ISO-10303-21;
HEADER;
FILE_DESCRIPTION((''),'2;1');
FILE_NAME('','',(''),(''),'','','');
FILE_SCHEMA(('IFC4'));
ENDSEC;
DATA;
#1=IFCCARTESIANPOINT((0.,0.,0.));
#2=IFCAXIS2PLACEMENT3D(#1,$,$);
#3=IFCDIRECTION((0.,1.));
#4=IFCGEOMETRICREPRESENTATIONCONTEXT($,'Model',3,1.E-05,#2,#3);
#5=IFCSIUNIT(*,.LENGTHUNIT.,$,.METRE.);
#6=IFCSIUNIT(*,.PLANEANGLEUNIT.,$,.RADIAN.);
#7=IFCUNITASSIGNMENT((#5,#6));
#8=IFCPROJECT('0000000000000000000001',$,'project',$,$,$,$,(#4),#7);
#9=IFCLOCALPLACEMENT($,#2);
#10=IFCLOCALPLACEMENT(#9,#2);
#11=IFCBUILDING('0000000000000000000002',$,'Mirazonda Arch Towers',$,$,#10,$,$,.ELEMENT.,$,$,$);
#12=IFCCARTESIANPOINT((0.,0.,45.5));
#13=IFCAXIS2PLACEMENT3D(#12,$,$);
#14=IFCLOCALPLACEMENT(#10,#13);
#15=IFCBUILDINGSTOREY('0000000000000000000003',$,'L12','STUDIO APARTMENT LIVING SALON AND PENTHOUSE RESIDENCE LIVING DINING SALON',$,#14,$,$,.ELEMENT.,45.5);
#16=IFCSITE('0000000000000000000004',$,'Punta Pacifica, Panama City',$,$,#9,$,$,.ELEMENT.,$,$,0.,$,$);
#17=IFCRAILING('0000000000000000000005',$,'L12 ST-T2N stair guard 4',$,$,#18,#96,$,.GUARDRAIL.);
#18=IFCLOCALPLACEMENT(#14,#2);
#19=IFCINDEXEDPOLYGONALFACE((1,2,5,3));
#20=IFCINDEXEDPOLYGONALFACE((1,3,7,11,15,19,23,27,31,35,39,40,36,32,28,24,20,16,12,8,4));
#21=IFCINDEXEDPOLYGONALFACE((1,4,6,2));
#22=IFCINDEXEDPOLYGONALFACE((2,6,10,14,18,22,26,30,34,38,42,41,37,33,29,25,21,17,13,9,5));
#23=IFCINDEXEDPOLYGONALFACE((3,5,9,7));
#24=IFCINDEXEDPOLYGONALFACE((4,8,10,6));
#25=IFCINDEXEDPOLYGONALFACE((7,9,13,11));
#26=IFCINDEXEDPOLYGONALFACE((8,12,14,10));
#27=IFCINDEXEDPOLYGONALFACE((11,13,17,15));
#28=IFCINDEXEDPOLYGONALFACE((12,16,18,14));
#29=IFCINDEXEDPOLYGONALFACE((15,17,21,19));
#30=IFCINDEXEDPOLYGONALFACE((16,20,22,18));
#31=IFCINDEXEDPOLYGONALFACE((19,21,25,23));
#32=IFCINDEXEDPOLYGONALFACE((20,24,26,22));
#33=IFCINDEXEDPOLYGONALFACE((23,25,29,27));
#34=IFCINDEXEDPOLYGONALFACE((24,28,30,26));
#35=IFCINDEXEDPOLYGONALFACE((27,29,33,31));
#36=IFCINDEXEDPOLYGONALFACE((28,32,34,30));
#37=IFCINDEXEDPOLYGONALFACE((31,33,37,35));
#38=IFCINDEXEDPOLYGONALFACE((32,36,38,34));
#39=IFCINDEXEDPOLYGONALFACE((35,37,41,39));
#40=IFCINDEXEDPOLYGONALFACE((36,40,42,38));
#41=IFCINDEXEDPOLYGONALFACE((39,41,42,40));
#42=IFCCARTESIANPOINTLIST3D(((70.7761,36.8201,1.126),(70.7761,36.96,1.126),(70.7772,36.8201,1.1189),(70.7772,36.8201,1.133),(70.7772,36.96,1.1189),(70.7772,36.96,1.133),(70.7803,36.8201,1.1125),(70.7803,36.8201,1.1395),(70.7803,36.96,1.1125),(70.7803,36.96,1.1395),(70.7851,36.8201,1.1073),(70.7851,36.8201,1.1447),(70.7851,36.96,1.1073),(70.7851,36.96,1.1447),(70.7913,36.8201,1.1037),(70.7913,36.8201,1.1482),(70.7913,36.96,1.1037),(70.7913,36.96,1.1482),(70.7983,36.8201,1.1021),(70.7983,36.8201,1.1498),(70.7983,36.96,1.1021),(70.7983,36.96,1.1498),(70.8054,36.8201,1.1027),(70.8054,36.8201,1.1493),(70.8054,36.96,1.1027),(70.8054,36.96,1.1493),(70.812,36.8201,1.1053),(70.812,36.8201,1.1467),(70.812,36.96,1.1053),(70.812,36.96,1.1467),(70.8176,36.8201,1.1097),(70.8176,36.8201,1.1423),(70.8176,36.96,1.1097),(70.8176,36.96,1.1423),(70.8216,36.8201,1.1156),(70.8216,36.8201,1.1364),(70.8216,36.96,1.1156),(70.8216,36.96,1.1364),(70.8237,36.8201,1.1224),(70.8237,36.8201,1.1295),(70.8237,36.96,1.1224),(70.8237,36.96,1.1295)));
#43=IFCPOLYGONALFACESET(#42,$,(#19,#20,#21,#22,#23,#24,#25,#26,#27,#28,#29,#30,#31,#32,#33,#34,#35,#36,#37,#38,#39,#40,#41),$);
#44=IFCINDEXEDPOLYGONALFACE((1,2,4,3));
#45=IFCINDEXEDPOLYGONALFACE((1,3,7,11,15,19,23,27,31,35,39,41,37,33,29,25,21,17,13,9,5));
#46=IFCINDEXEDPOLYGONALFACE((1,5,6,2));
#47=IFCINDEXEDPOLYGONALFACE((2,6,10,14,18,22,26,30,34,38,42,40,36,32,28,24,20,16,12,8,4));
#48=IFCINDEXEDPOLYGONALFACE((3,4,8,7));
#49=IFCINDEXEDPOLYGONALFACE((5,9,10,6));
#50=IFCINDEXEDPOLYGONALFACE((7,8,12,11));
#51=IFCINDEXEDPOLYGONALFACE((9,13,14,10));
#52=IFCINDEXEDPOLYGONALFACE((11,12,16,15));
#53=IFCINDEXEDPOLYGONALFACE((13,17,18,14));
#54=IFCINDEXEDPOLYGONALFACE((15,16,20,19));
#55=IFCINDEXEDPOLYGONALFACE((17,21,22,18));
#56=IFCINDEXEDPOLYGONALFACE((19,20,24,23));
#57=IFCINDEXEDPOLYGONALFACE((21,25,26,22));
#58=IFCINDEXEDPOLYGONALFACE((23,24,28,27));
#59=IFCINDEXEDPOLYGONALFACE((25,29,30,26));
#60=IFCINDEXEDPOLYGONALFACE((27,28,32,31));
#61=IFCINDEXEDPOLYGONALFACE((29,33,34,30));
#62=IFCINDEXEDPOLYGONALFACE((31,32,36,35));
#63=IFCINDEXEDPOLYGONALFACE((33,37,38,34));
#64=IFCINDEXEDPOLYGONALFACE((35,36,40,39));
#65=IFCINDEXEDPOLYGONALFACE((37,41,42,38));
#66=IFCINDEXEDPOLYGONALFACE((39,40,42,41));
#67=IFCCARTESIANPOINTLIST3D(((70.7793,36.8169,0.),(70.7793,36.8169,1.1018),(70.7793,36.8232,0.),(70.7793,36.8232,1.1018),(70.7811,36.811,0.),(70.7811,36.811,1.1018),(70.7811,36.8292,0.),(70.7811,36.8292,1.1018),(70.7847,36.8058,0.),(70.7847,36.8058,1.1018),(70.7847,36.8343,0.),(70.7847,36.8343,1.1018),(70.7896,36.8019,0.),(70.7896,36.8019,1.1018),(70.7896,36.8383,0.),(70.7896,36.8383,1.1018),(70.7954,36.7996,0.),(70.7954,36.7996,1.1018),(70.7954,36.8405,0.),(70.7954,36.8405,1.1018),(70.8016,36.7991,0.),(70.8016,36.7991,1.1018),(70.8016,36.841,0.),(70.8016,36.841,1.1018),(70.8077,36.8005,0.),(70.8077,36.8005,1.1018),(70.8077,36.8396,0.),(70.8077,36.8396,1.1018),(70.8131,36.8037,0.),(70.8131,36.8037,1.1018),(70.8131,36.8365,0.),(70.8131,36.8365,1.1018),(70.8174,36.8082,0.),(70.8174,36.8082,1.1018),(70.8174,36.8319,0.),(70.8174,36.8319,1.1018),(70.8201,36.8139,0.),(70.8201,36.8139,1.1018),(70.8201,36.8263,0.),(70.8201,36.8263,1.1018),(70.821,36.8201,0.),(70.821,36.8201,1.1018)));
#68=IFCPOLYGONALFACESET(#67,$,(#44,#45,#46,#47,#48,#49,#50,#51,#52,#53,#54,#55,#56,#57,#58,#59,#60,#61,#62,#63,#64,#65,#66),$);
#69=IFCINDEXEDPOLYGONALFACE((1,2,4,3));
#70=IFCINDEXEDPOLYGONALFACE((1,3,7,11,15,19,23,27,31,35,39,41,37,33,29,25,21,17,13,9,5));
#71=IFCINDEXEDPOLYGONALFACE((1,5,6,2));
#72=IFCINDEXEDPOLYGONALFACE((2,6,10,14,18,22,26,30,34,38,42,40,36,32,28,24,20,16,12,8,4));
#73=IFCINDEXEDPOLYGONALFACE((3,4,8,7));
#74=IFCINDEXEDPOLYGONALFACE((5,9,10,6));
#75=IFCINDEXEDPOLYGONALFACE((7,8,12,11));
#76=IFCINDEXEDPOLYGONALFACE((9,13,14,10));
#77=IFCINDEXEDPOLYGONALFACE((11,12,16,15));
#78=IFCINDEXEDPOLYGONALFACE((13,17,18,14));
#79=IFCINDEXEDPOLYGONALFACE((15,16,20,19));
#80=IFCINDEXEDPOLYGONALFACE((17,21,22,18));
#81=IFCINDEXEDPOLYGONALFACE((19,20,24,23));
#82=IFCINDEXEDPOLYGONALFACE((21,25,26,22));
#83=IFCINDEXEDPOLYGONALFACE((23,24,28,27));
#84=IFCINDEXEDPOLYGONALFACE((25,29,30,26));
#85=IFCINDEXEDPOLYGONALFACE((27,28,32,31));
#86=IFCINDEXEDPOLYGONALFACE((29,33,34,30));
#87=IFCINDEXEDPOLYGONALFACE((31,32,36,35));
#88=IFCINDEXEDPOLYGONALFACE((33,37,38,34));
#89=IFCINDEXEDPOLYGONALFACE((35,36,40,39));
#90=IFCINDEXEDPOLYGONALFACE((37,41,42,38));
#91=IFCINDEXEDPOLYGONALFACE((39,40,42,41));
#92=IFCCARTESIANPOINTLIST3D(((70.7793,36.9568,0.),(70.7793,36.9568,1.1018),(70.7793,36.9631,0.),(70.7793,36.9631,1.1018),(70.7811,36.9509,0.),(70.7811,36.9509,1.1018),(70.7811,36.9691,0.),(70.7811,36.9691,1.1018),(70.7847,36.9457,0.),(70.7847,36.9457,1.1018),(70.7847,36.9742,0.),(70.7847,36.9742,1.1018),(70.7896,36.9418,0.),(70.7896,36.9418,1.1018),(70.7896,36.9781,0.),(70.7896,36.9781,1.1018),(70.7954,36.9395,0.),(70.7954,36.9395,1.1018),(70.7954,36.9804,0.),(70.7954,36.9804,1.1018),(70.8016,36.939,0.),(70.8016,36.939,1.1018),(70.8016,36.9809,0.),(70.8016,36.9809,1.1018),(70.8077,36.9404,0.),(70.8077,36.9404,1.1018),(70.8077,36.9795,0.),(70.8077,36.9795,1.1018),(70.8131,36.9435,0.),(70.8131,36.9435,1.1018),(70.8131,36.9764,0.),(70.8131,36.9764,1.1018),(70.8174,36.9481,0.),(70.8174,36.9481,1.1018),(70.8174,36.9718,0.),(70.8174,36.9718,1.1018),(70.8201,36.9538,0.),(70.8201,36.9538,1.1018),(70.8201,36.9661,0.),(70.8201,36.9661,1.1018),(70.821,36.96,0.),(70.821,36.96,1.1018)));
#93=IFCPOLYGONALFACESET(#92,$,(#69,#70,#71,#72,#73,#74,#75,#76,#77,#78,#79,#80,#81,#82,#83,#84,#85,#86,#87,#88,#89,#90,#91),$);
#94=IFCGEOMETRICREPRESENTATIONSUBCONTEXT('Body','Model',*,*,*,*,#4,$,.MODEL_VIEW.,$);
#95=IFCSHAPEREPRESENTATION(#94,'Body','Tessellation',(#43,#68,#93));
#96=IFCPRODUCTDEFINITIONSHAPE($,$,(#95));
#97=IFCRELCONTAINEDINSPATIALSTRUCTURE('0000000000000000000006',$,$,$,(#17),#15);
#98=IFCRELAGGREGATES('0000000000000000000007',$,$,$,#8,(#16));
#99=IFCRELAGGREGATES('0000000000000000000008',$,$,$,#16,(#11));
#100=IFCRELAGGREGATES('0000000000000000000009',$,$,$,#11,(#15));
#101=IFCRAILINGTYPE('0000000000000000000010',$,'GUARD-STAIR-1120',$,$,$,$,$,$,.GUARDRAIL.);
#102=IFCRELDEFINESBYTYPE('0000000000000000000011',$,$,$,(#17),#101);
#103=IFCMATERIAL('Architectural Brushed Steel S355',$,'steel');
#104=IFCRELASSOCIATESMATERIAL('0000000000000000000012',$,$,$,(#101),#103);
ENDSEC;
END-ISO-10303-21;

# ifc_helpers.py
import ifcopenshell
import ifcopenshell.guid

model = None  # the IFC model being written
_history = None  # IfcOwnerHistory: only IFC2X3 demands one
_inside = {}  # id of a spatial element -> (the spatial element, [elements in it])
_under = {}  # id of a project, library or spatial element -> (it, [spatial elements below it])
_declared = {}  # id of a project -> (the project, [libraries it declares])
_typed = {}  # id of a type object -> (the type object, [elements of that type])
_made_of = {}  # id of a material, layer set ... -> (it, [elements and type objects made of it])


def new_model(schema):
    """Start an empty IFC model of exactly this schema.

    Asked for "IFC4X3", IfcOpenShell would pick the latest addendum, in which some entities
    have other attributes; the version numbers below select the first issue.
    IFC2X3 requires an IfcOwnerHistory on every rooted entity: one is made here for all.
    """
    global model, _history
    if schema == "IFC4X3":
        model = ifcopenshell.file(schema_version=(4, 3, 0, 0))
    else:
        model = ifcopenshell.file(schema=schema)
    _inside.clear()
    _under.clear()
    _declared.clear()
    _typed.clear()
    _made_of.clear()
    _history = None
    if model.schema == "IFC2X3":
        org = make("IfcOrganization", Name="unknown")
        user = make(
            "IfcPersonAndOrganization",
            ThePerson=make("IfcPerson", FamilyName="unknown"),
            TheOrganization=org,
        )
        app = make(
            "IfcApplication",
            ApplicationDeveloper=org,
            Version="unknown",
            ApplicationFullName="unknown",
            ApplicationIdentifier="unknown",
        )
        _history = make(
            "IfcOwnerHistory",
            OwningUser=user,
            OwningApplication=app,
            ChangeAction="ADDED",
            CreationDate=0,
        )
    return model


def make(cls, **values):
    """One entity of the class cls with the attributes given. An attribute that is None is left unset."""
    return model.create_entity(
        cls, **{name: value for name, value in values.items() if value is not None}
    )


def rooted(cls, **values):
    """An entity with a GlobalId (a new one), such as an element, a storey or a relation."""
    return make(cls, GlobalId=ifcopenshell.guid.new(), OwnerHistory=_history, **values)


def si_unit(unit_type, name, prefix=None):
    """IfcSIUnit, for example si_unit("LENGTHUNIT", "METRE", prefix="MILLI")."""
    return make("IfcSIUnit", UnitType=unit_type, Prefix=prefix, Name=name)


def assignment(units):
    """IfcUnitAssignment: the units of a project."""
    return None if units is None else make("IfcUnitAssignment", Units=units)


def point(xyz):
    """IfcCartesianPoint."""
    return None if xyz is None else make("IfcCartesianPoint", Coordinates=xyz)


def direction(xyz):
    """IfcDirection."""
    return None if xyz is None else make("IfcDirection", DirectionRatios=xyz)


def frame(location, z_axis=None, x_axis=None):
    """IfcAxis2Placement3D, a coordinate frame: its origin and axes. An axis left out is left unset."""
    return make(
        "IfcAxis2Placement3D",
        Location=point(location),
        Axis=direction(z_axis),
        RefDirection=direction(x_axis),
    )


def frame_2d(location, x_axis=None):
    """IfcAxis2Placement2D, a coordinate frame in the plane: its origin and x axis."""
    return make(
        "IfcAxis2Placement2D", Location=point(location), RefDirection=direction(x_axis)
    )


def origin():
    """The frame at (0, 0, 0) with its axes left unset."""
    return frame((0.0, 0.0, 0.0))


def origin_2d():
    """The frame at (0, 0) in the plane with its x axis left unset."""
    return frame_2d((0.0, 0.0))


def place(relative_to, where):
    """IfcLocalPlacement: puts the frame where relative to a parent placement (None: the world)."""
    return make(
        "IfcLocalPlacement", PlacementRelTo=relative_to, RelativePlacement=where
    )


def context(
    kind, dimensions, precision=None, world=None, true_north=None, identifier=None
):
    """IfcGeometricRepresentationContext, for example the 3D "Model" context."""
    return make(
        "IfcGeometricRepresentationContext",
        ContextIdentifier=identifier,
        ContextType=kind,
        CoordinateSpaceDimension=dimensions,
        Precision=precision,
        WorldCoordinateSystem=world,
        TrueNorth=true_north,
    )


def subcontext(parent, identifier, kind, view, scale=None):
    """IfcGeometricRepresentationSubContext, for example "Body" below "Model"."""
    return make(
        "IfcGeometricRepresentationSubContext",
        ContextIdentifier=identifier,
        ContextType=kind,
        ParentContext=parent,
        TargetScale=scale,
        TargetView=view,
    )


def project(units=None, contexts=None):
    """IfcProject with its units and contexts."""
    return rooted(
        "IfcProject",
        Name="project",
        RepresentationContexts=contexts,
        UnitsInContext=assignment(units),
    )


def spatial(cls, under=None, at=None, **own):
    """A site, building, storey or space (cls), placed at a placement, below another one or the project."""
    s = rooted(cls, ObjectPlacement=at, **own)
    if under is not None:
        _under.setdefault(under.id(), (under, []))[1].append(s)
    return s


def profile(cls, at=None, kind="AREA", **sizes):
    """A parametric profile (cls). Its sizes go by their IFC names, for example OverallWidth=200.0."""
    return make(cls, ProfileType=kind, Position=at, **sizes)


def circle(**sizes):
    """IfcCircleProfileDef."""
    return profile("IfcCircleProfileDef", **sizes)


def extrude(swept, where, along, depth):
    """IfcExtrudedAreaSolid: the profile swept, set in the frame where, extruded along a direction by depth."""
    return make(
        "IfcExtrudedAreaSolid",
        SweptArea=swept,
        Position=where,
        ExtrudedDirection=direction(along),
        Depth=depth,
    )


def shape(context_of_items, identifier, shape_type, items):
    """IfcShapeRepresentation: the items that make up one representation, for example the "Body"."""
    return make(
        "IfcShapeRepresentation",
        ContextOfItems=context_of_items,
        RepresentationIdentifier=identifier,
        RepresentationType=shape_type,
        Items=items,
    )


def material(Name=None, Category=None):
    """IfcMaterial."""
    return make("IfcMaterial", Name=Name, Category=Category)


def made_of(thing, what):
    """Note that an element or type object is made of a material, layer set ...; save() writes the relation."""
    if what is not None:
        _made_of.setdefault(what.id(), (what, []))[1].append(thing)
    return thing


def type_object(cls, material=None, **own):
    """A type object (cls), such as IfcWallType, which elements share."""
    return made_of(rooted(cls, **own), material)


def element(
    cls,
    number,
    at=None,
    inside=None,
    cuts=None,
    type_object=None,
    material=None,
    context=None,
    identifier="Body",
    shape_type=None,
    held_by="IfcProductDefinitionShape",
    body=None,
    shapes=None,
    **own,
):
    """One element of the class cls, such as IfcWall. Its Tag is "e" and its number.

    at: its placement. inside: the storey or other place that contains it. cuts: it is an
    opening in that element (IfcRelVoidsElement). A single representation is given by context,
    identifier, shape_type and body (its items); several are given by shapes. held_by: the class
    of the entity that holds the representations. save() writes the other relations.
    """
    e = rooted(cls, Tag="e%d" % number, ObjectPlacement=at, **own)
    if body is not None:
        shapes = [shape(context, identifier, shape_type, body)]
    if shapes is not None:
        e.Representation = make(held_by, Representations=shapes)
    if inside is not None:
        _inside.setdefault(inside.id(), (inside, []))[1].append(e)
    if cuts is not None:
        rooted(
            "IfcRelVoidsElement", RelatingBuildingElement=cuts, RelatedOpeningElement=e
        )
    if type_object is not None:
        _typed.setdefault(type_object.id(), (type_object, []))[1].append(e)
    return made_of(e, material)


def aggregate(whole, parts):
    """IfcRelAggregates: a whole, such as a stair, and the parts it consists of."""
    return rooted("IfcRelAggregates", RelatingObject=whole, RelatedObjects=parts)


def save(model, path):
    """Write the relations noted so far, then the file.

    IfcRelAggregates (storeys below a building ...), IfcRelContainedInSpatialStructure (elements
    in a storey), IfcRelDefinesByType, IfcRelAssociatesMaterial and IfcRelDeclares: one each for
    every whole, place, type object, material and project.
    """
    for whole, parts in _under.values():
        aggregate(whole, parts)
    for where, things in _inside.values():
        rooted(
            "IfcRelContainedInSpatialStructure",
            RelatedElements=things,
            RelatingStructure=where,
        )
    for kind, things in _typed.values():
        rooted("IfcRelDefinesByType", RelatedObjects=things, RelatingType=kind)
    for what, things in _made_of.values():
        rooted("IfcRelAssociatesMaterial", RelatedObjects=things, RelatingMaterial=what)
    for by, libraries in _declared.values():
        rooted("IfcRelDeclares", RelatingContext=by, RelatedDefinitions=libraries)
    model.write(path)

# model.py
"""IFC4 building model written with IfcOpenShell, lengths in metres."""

from ifc_helpers import new_model, si_unit, direction, frame, origin, origin_2d, place, context, subcontext, project, spatial, circle, extrude, material, type_object, element, save


model = new_model("IFC4")

# Units and contexts
model_context = context("Model", 3, precision=1e-05, world=origin(), true_north=direction((0.0, 1.0)))
body_context = subcontext(model_context, "Body", "Model", "MODEL_VIEW")
ifc_project = project(units=[si_unit("LENGTHUNIT", "METRE"), si_unit("PLANEANGLEUNIT", "RADIAN")], contexts=[model_context])

# Site, building, storey
site_placement = place(None, origin())
site = spatial("IfcSite", under=ifc_project, at=site_placement, Name="Punta Pacifica, Panama City", CompositionType="ELEMENT", RefElevation=0.0)
building_placement = place(site_placement, origin())
building = spatial("IfcBuilding", under=site, at=building_placement, Name="Mirazonda Arch Towers", CompositionType="ELEMENT")
storey_placement = place(building_placement, frame((0.0, 0.0, 45.5)))
storey = spatial("IfcBuildingStorey", under=building, at=storey_placement, Name="L12", Description="STUDIO APARTMENT LIVING SALON AND PENTHOUSE RESIDENCE LIVING DINING SALON", CompositionType="ELEMENT", Elevation=45.5)

# Railing
ifc_material_1 = material(Name="Architectural Brushed Steel S355", Category="steel")
railing_type = type_object("IfcRailingType", Name="GUARD-STAIR-1120", PredefinedType="GUARDRAIL", material=ifc_material_1)
railing_1_placement = place(storey_placement, frame((70.8, 36.8201, 0.0)))
element("IfcRailing", 1, at=railing_1_placement, inside=storey, type_object=railing_type, Name="L12 ST-T2N stair guard 4", PredefinedType="GUARDRAIL", context=body_context, shape_type="SweptSolid", body=[
    extrude(circle(Radius=0.0239, at=origin_2d()), frame((0.0, 0.0, 1.126), z_axis=(0.0, 1.0, 0.0), x_axis=(-1.0, 0.0, 0.0)), (0.0, 0.0, 1.0), 0.1399),
    extrude(circle(Radius=0.021, at=origin_2d()), origin(), (0.0, 0.0, 1.0), 1.1018),
    extrude(circle(Radius=0.021, at=origin_2d()), frame((0.0, 0.1399, 0.0)), (0.0, 0.0, 1.0), 1.1018),
])

save(model, "model.ifc")
